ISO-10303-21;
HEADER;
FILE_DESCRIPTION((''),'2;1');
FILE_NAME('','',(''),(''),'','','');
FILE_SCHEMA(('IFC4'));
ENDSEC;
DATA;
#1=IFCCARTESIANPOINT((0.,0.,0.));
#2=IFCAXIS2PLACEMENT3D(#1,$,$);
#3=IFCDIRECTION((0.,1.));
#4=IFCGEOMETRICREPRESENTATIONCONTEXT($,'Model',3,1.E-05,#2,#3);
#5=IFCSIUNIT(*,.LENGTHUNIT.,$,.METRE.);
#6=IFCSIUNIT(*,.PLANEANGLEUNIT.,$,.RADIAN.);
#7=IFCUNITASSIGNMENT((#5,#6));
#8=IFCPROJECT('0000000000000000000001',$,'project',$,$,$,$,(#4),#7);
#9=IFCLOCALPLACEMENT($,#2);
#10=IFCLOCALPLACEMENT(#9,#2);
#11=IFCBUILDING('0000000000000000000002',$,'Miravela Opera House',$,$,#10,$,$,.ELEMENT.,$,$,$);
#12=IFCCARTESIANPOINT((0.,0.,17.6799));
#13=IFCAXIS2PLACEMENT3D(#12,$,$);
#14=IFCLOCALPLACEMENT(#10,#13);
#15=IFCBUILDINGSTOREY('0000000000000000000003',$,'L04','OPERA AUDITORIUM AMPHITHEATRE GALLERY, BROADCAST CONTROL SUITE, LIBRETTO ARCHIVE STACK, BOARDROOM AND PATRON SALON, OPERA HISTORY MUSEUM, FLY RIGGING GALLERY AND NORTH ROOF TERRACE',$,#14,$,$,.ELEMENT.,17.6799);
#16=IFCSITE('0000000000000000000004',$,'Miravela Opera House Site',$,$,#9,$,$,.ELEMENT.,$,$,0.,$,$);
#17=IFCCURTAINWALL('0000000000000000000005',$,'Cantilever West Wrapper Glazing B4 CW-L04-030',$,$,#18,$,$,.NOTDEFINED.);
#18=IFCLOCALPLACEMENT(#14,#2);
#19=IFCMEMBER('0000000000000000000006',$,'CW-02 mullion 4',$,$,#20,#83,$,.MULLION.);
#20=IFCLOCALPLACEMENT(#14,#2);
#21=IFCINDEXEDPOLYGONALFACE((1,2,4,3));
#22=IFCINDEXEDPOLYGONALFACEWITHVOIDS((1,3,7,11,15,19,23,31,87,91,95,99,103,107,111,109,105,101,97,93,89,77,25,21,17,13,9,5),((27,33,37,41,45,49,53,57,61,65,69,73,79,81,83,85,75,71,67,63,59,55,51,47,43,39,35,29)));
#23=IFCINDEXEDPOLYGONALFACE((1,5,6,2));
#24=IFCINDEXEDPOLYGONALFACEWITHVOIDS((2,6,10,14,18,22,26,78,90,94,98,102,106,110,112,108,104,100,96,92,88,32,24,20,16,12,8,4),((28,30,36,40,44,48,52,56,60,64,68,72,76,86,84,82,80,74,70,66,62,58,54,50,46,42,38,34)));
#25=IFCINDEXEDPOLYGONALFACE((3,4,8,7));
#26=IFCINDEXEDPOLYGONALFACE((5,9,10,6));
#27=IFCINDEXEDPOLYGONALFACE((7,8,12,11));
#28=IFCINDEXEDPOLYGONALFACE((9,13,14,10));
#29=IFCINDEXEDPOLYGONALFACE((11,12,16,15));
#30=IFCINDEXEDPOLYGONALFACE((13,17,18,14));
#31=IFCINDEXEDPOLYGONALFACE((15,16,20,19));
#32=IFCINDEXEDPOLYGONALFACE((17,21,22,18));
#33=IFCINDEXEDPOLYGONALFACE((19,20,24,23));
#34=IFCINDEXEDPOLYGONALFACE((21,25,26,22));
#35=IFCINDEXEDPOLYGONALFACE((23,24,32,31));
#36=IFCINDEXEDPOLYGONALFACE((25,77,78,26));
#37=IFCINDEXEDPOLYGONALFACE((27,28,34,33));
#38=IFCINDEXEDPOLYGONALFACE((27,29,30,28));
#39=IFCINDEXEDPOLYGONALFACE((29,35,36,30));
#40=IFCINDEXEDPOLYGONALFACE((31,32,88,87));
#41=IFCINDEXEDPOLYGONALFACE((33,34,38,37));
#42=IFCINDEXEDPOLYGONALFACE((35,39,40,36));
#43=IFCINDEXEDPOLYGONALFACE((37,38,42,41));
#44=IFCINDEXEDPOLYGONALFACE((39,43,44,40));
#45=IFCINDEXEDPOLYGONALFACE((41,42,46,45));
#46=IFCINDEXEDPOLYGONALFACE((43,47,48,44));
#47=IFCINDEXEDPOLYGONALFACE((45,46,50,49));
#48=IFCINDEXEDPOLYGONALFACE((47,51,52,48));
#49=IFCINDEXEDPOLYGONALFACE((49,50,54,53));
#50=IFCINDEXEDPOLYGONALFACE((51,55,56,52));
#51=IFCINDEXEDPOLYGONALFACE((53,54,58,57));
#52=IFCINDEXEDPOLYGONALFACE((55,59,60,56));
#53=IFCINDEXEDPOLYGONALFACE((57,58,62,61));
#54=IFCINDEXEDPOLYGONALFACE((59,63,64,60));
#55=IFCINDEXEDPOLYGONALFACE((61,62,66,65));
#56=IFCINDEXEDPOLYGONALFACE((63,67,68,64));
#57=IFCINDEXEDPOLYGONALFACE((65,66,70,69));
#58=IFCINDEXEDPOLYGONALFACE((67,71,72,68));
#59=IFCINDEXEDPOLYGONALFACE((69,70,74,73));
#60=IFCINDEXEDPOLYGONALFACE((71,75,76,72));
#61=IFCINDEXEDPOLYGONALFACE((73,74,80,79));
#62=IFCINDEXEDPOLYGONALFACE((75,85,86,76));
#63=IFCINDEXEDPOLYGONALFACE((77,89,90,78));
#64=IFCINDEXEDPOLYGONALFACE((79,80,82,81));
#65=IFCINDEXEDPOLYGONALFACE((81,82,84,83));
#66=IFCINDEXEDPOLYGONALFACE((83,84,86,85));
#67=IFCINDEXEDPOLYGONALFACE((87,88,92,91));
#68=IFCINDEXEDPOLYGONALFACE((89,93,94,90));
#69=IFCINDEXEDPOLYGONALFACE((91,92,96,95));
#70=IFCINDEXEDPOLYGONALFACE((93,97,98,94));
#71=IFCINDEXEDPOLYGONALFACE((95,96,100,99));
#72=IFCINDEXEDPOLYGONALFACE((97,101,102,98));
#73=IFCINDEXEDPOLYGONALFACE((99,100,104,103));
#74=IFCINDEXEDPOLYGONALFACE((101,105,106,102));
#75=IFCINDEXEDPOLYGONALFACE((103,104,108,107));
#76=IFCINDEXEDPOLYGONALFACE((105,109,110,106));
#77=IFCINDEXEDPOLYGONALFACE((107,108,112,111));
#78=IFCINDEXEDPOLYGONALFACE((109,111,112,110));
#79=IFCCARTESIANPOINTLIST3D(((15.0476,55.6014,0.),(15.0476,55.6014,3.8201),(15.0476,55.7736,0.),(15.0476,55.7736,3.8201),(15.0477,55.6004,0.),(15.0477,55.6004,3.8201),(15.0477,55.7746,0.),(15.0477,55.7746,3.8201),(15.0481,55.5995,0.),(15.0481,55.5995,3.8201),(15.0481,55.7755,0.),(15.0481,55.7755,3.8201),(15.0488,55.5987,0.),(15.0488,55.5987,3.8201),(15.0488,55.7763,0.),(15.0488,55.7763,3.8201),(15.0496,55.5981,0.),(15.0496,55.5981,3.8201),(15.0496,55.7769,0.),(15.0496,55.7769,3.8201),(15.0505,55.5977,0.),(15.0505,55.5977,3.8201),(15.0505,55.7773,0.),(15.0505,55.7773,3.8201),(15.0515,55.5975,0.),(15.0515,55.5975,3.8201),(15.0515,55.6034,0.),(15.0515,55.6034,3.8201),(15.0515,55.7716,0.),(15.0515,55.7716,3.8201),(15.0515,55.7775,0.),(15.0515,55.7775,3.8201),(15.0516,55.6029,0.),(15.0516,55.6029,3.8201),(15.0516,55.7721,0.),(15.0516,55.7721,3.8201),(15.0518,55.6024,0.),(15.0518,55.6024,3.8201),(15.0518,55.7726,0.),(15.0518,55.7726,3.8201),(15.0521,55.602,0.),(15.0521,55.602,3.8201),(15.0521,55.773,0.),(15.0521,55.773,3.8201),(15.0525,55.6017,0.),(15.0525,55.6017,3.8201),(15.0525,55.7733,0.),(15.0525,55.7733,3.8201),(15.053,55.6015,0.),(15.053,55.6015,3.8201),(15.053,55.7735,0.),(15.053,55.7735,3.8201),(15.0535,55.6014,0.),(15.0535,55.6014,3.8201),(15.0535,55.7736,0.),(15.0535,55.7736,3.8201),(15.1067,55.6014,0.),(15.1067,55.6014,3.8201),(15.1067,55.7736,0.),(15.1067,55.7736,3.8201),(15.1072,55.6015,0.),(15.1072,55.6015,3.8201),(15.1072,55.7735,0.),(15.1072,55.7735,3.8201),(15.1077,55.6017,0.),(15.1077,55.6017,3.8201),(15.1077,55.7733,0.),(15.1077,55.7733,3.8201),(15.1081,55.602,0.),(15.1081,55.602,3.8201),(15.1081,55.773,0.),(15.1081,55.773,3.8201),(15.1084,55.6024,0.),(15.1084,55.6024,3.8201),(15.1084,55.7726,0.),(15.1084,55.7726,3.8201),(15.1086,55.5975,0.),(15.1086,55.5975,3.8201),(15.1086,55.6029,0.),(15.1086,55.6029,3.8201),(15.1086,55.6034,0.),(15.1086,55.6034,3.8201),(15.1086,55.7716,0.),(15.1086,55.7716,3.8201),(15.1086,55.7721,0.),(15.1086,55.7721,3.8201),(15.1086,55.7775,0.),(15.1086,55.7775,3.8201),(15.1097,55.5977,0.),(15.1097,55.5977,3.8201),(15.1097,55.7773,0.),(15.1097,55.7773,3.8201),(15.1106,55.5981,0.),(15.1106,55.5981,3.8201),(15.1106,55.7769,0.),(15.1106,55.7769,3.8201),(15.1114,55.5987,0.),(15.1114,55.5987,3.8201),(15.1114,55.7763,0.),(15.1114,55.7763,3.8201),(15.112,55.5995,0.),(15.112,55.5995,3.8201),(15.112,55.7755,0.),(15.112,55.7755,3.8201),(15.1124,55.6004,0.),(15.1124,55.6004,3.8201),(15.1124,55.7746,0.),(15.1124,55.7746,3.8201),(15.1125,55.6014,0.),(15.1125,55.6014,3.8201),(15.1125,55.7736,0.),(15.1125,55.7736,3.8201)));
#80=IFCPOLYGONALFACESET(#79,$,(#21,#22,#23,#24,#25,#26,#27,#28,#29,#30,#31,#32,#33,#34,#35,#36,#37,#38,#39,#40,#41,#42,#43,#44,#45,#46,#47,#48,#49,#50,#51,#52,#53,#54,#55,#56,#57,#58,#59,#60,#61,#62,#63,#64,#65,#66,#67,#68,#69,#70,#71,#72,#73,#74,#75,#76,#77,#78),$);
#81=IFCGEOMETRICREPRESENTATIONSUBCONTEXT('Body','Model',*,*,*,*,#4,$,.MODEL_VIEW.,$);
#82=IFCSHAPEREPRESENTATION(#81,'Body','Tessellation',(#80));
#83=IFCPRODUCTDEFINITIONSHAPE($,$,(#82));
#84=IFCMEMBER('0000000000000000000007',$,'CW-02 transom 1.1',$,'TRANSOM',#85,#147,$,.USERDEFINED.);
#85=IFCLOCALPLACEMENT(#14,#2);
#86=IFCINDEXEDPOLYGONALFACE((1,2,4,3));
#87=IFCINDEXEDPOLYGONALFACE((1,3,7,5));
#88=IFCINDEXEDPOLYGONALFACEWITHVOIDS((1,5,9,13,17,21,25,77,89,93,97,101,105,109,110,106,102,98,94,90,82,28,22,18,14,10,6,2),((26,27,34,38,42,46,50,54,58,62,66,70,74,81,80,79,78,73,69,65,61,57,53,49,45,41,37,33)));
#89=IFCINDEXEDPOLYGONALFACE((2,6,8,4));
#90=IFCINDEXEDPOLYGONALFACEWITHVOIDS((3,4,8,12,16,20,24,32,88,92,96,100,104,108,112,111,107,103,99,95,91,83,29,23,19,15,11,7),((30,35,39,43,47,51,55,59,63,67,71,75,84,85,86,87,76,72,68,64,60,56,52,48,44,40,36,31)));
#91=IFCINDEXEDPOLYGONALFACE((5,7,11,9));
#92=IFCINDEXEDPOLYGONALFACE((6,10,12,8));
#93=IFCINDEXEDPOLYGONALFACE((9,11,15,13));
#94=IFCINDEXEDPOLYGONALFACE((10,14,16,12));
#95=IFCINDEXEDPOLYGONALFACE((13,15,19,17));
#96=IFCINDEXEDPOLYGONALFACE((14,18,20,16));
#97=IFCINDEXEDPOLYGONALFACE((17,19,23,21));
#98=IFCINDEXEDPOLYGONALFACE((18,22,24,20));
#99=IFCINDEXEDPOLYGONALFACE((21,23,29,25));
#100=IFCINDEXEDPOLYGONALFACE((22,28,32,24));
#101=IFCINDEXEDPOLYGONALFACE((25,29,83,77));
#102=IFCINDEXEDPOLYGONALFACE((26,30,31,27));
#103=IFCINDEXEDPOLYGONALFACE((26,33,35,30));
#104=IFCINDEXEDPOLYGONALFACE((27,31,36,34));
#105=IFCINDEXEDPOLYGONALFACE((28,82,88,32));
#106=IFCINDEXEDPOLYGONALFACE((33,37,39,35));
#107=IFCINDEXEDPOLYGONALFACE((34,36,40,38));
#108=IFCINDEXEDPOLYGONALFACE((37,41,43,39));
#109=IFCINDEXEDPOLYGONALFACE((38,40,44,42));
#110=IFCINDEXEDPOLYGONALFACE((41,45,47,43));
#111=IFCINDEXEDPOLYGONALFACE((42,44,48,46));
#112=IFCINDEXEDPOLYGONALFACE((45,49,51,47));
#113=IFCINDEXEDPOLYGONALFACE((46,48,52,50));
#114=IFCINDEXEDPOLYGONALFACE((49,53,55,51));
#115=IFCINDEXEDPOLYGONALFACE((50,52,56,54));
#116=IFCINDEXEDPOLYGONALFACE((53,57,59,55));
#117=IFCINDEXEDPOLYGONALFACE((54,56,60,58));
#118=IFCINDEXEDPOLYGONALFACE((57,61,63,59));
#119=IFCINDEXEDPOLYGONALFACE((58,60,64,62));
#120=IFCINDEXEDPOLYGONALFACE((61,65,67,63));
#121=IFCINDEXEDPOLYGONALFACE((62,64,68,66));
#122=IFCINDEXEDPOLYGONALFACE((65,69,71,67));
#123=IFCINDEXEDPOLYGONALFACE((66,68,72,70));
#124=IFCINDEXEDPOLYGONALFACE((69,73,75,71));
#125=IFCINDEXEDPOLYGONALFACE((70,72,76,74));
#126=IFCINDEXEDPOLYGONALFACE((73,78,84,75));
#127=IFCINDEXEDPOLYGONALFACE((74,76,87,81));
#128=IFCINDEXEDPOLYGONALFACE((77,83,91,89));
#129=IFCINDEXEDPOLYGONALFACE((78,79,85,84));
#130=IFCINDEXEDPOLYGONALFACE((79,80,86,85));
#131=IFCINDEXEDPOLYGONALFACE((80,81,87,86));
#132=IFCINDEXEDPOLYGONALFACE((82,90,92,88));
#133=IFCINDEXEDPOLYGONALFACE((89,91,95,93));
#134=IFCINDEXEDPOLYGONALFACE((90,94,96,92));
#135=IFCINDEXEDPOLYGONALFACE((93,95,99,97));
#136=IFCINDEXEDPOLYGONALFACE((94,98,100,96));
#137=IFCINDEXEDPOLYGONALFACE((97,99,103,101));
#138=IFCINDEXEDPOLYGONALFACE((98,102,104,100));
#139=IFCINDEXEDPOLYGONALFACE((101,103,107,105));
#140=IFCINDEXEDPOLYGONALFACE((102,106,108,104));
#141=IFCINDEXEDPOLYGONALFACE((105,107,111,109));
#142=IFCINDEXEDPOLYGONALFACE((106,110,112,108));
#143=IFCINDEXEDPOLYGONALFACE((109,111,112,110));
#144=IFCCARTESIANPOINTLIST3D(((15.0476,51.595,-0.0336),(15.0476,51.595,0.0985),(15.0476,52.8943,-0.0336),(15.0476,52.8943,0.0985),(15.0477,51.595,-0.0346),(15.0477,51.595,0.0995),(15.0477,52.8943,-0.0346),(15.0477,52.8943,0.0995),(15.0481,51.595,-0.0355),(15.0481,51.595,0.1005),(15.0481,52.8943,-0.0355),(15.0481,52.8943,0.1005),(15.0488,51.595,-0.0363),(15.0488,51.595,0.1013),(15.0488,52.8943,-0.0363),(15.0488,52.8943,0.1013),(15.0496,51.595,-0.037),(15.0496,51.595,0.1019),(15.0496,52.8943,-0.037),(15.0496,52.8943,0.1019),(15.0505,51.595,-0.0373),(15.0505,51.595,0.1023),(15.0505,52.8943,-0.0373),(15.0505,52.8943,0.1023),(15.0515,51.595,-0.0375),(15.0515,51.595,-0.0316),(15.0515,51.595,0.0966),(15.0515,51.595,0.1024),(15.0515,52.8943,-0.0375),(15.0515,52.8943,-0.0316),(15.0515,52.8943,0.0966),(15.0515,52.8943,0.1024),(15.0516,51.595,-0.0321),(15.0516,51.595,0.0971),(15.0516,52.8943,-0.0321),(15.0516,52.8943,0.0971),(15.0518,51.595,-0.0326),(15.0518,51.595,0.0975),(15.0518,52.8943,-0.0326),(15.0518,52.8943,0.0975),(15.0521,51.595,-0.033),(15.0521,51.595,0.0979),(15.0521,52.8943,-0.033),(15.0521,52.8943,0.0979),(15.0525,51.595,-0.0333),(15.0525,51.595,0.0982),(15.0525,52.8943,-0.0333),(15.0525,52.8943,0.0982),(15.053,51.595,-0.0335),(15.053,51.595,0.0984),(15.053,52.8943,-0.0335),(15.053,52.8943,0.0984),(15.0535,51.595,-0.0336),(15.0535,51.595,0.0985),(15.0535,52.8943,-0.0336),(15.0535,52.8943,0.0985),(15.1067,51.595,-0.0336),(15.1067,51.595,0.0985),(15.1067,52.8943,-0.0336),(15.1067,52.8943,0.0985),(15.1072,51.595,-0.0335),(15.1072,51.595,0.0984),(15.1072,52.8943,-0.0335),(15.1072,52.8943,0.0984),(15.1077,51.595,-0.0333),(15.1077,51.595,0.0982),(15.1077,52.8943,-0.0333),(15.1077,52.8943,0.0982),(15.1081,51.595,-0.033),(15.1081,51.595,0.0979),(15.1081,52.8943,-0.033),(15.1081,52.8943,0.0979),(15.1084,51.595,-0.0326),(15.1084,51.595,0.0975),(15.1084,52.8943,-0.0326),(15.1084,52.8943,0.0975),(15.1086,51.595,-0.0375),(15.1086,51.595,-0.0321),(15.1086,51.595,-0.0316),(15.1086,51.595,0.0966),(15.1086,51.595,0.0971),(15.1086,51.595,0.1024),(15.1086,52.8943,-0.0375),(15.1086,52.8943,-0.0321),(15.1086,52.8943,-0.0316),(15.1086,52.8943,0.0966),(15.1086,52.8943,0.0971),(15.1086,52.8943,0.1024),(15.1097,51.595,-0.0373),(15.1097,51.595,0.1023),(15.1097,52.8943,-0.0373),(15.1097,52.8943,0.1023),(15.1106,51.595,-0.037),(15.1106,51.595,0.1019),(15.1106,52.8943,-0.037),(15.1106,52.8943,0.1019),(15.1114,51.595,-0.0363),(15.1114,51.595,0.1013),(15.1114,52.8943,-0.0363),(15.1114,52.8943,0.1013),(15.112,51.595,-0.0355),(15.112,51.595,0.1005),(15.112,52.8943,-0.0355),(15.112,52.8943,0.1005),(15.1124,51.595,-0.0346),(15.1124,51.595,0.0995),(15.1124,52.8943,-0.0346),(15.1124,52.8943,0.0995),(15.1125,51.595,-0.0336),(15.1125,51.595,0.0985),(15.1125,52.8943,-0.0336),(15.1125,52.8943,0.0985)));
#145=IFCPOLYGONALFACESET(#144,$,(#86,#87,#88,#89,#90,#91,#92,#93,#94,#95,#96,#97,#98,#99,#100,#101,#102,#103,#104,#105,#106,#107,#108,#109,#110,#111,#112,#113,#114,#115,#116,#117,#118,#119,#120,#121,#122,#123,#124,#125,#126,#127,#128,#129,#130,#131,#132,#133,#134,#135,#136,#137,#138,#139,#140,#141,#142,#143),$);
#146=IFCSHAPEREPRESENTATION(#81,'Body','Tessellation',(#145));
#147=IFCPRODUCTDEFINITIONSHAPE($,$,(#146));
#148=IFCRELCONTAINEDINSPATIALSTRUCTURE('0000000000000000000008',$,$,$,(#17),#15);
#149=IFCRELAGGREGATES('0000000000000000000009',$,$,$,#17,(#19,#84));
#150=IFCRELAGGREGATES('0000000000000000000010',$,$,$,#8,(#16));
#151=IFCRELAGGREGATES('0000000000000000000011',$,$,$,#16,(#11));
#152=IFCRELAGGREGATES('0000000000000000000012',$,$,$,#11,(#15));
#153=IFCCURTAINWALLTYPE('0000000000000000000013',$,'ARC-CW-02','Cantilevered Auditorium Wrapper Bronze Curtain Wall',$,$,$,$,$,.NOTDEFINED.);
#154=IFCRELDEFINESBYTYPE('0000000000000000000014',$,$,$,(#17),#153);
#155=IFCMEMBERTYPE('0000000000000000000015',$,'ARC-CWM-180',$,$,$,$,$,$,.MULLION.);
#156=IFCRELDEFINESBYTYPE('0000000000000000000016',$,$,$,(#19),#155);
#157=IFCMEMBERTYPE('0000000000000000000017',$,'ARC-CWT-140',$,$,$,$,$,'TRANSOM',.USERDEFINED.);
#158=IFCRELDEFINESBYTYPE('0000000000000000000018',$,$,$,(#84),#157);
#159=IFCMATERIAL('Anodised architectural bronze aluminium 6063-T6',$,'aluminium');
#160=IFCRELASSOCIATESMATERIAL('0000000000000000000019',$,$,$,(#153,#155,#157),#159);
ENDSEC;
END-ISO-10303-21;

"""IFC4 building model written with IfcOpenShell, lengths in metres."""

from ifc_helpers import new_model, si_unit, direction, frame, origin, origin_2d, place, context, subcontext, project, spatial, hollow_rectangle, extrude, material, material_profile, profile_set, type_object, element, aggregate, save


model = new_model("IFC4")

# Units and contexts
model_context = context("Model", 3, precision=1e-05, world=origin(), true_north=direction((0.0, 1.0)))
body_context = subcontext(model_context, "Body", "Model", "MODEL_VIEW")
ifc_project = project(units=[si_unit("LENGTHUNIT", "METRE"), si_unit("PLANEANGLEUNIT", "RADIAN")], contexts=[model_context])

# Site, building, storey
site_placement = place(None, origin())
site = spatial("IfcSite", under=ifc_project, at=site_placement, Name="Miravela Opera House Site", CompositionType="ELEMENT", RefElevation=0.0)
building_placement = place(site_placement, origin())
building = spatial("IfcBuilding", under=site, at=building_placement, Name="Miravela Opera House", CompositionType="ELEMENT")
storey_placement = place(building_placement, frame((0.0, 0.0, 17.6799)))
storey = spatial("IfcBuildingStorey", under=building, at=storey_placement, Name="L04", Description="OPERA AUDITORIUM AMPHITHEATRE GALLERY, BROADCAST CONTROL SUITE, LIBRETTO ARCHIVE STACK, BOARDROOM AND PATRON SALON, OPERA HISTORY MUSEUM, FLY RIGGING GALLERY AND NORTH ROOF TERRACE", CompositionType="ELEMENT", Elevation=17.6799)

# Curtain wall, members
ifc_material_1 = material(Name="Anodised architectural bronze aluminium 6063-T6", Category="aluminium")
curtain_wall_type = type_object("IfcCurtainWallType", Name="ARC-CW-02", Description="Cantilevered Auditorium Wrapper Bronze Curtain Wall", PredefinedType="NOTDEFINED", material=ifc_material_1)
curtain_wall_placement = place(storey_placement, origin())
curtain_wall = element("IfcCurtainWall", 1, at=curtain_wall_placement, inside=storey, type_object=curtain_wall_type, Name="Cantilever West Wrapper Glazing B4 CW-L04-030", PredefinedType="NOTDEFINED")
ifc_material_profile_1 = material_profile(ifc_material_1, hollow_rectangle(XDim=0.0649, YDim=0.1799, WallThickness=0.0039, InnerFilletRadius=0.002, OuterFilletRadius=0.0039, at=origin_2d()), Name="CWM-65X180")
ifc_profile_set_1 = profile_set([ifc_material_profile_1])
member_type_1 = type_object("IfcMemberType", Name="ARC-CWM-180", PredefinedType="MULLION", material=ifc_profile_set_1)
member_1_placement = place(storey_placement, frame((15.0801, 55.6875, 0.0), z_axis=(0.0, 0.0, 1.0), x_axis=(-1.0, 0.0, 0.0)))
member_1 = element("IfcMember", 2, at=member_1_placement, type_object=member_type_1, Name="CW-02 mullion 4", PredefinedType="MULLION", context=body_context, shape_type="SweptSolid", body=[
    extrude(hollow_rectangle(XDim=0.0649, YDim=0.1799, WallThickness=0.0039, InnerFilletRadius=0.002, OuterFilletRadius=0.0039, at=origin_2d()), origin(), (0.0, 0.0, 1.0), 3.8201),
])
ifc_material_profile_2 = material_profile(ifc_material_1, hollow_rectangle(XDim=0.0649, YDim=0.1399, WallThickness=0.0039, InnerFilletRadius=0.002, OuterFilletRadius=0.0039, at=origin_2d()), Name="CWT-65X140")
ifc_profile_set_2 = profile_set([ifc_material_profile_2])
member_type_2 = type_object("IfcMemberType", Name="ARC-CWT-140", ElementType="TRANSOM", PredefinedType="USERDEFINED", material=ifc_profile_set_2)
member_2_placement = place(storey_placement, frame((15.0801, 51.595, 0.0325), z_axis=(0.0, 1.0, 0.0), x_axis=(-1.0, 0.0, 0.0)))
member_2 = element("IfcMember", 3, at=member_2_placement, type_object=member_type_2, Name="CW-02 transom 1.1", ObjectType="TRANSOM", PredefinedType="USERDEFINED", context=body_context, shape_type="SweptSolid", body=[
    extrude(hollow_rectangle(XDim=0.0649, YDim=0.1399, WallThickness=0.0039, InnerFilletRadius=0.002, OuterFilletRadius=0.0039, at=origin_2d()), origin(), (0.0, 0.0, 1.0), 1.2993),
])

aggregate(curtain_wall, [member_1, member_2])

save(model, "model.ifc")
